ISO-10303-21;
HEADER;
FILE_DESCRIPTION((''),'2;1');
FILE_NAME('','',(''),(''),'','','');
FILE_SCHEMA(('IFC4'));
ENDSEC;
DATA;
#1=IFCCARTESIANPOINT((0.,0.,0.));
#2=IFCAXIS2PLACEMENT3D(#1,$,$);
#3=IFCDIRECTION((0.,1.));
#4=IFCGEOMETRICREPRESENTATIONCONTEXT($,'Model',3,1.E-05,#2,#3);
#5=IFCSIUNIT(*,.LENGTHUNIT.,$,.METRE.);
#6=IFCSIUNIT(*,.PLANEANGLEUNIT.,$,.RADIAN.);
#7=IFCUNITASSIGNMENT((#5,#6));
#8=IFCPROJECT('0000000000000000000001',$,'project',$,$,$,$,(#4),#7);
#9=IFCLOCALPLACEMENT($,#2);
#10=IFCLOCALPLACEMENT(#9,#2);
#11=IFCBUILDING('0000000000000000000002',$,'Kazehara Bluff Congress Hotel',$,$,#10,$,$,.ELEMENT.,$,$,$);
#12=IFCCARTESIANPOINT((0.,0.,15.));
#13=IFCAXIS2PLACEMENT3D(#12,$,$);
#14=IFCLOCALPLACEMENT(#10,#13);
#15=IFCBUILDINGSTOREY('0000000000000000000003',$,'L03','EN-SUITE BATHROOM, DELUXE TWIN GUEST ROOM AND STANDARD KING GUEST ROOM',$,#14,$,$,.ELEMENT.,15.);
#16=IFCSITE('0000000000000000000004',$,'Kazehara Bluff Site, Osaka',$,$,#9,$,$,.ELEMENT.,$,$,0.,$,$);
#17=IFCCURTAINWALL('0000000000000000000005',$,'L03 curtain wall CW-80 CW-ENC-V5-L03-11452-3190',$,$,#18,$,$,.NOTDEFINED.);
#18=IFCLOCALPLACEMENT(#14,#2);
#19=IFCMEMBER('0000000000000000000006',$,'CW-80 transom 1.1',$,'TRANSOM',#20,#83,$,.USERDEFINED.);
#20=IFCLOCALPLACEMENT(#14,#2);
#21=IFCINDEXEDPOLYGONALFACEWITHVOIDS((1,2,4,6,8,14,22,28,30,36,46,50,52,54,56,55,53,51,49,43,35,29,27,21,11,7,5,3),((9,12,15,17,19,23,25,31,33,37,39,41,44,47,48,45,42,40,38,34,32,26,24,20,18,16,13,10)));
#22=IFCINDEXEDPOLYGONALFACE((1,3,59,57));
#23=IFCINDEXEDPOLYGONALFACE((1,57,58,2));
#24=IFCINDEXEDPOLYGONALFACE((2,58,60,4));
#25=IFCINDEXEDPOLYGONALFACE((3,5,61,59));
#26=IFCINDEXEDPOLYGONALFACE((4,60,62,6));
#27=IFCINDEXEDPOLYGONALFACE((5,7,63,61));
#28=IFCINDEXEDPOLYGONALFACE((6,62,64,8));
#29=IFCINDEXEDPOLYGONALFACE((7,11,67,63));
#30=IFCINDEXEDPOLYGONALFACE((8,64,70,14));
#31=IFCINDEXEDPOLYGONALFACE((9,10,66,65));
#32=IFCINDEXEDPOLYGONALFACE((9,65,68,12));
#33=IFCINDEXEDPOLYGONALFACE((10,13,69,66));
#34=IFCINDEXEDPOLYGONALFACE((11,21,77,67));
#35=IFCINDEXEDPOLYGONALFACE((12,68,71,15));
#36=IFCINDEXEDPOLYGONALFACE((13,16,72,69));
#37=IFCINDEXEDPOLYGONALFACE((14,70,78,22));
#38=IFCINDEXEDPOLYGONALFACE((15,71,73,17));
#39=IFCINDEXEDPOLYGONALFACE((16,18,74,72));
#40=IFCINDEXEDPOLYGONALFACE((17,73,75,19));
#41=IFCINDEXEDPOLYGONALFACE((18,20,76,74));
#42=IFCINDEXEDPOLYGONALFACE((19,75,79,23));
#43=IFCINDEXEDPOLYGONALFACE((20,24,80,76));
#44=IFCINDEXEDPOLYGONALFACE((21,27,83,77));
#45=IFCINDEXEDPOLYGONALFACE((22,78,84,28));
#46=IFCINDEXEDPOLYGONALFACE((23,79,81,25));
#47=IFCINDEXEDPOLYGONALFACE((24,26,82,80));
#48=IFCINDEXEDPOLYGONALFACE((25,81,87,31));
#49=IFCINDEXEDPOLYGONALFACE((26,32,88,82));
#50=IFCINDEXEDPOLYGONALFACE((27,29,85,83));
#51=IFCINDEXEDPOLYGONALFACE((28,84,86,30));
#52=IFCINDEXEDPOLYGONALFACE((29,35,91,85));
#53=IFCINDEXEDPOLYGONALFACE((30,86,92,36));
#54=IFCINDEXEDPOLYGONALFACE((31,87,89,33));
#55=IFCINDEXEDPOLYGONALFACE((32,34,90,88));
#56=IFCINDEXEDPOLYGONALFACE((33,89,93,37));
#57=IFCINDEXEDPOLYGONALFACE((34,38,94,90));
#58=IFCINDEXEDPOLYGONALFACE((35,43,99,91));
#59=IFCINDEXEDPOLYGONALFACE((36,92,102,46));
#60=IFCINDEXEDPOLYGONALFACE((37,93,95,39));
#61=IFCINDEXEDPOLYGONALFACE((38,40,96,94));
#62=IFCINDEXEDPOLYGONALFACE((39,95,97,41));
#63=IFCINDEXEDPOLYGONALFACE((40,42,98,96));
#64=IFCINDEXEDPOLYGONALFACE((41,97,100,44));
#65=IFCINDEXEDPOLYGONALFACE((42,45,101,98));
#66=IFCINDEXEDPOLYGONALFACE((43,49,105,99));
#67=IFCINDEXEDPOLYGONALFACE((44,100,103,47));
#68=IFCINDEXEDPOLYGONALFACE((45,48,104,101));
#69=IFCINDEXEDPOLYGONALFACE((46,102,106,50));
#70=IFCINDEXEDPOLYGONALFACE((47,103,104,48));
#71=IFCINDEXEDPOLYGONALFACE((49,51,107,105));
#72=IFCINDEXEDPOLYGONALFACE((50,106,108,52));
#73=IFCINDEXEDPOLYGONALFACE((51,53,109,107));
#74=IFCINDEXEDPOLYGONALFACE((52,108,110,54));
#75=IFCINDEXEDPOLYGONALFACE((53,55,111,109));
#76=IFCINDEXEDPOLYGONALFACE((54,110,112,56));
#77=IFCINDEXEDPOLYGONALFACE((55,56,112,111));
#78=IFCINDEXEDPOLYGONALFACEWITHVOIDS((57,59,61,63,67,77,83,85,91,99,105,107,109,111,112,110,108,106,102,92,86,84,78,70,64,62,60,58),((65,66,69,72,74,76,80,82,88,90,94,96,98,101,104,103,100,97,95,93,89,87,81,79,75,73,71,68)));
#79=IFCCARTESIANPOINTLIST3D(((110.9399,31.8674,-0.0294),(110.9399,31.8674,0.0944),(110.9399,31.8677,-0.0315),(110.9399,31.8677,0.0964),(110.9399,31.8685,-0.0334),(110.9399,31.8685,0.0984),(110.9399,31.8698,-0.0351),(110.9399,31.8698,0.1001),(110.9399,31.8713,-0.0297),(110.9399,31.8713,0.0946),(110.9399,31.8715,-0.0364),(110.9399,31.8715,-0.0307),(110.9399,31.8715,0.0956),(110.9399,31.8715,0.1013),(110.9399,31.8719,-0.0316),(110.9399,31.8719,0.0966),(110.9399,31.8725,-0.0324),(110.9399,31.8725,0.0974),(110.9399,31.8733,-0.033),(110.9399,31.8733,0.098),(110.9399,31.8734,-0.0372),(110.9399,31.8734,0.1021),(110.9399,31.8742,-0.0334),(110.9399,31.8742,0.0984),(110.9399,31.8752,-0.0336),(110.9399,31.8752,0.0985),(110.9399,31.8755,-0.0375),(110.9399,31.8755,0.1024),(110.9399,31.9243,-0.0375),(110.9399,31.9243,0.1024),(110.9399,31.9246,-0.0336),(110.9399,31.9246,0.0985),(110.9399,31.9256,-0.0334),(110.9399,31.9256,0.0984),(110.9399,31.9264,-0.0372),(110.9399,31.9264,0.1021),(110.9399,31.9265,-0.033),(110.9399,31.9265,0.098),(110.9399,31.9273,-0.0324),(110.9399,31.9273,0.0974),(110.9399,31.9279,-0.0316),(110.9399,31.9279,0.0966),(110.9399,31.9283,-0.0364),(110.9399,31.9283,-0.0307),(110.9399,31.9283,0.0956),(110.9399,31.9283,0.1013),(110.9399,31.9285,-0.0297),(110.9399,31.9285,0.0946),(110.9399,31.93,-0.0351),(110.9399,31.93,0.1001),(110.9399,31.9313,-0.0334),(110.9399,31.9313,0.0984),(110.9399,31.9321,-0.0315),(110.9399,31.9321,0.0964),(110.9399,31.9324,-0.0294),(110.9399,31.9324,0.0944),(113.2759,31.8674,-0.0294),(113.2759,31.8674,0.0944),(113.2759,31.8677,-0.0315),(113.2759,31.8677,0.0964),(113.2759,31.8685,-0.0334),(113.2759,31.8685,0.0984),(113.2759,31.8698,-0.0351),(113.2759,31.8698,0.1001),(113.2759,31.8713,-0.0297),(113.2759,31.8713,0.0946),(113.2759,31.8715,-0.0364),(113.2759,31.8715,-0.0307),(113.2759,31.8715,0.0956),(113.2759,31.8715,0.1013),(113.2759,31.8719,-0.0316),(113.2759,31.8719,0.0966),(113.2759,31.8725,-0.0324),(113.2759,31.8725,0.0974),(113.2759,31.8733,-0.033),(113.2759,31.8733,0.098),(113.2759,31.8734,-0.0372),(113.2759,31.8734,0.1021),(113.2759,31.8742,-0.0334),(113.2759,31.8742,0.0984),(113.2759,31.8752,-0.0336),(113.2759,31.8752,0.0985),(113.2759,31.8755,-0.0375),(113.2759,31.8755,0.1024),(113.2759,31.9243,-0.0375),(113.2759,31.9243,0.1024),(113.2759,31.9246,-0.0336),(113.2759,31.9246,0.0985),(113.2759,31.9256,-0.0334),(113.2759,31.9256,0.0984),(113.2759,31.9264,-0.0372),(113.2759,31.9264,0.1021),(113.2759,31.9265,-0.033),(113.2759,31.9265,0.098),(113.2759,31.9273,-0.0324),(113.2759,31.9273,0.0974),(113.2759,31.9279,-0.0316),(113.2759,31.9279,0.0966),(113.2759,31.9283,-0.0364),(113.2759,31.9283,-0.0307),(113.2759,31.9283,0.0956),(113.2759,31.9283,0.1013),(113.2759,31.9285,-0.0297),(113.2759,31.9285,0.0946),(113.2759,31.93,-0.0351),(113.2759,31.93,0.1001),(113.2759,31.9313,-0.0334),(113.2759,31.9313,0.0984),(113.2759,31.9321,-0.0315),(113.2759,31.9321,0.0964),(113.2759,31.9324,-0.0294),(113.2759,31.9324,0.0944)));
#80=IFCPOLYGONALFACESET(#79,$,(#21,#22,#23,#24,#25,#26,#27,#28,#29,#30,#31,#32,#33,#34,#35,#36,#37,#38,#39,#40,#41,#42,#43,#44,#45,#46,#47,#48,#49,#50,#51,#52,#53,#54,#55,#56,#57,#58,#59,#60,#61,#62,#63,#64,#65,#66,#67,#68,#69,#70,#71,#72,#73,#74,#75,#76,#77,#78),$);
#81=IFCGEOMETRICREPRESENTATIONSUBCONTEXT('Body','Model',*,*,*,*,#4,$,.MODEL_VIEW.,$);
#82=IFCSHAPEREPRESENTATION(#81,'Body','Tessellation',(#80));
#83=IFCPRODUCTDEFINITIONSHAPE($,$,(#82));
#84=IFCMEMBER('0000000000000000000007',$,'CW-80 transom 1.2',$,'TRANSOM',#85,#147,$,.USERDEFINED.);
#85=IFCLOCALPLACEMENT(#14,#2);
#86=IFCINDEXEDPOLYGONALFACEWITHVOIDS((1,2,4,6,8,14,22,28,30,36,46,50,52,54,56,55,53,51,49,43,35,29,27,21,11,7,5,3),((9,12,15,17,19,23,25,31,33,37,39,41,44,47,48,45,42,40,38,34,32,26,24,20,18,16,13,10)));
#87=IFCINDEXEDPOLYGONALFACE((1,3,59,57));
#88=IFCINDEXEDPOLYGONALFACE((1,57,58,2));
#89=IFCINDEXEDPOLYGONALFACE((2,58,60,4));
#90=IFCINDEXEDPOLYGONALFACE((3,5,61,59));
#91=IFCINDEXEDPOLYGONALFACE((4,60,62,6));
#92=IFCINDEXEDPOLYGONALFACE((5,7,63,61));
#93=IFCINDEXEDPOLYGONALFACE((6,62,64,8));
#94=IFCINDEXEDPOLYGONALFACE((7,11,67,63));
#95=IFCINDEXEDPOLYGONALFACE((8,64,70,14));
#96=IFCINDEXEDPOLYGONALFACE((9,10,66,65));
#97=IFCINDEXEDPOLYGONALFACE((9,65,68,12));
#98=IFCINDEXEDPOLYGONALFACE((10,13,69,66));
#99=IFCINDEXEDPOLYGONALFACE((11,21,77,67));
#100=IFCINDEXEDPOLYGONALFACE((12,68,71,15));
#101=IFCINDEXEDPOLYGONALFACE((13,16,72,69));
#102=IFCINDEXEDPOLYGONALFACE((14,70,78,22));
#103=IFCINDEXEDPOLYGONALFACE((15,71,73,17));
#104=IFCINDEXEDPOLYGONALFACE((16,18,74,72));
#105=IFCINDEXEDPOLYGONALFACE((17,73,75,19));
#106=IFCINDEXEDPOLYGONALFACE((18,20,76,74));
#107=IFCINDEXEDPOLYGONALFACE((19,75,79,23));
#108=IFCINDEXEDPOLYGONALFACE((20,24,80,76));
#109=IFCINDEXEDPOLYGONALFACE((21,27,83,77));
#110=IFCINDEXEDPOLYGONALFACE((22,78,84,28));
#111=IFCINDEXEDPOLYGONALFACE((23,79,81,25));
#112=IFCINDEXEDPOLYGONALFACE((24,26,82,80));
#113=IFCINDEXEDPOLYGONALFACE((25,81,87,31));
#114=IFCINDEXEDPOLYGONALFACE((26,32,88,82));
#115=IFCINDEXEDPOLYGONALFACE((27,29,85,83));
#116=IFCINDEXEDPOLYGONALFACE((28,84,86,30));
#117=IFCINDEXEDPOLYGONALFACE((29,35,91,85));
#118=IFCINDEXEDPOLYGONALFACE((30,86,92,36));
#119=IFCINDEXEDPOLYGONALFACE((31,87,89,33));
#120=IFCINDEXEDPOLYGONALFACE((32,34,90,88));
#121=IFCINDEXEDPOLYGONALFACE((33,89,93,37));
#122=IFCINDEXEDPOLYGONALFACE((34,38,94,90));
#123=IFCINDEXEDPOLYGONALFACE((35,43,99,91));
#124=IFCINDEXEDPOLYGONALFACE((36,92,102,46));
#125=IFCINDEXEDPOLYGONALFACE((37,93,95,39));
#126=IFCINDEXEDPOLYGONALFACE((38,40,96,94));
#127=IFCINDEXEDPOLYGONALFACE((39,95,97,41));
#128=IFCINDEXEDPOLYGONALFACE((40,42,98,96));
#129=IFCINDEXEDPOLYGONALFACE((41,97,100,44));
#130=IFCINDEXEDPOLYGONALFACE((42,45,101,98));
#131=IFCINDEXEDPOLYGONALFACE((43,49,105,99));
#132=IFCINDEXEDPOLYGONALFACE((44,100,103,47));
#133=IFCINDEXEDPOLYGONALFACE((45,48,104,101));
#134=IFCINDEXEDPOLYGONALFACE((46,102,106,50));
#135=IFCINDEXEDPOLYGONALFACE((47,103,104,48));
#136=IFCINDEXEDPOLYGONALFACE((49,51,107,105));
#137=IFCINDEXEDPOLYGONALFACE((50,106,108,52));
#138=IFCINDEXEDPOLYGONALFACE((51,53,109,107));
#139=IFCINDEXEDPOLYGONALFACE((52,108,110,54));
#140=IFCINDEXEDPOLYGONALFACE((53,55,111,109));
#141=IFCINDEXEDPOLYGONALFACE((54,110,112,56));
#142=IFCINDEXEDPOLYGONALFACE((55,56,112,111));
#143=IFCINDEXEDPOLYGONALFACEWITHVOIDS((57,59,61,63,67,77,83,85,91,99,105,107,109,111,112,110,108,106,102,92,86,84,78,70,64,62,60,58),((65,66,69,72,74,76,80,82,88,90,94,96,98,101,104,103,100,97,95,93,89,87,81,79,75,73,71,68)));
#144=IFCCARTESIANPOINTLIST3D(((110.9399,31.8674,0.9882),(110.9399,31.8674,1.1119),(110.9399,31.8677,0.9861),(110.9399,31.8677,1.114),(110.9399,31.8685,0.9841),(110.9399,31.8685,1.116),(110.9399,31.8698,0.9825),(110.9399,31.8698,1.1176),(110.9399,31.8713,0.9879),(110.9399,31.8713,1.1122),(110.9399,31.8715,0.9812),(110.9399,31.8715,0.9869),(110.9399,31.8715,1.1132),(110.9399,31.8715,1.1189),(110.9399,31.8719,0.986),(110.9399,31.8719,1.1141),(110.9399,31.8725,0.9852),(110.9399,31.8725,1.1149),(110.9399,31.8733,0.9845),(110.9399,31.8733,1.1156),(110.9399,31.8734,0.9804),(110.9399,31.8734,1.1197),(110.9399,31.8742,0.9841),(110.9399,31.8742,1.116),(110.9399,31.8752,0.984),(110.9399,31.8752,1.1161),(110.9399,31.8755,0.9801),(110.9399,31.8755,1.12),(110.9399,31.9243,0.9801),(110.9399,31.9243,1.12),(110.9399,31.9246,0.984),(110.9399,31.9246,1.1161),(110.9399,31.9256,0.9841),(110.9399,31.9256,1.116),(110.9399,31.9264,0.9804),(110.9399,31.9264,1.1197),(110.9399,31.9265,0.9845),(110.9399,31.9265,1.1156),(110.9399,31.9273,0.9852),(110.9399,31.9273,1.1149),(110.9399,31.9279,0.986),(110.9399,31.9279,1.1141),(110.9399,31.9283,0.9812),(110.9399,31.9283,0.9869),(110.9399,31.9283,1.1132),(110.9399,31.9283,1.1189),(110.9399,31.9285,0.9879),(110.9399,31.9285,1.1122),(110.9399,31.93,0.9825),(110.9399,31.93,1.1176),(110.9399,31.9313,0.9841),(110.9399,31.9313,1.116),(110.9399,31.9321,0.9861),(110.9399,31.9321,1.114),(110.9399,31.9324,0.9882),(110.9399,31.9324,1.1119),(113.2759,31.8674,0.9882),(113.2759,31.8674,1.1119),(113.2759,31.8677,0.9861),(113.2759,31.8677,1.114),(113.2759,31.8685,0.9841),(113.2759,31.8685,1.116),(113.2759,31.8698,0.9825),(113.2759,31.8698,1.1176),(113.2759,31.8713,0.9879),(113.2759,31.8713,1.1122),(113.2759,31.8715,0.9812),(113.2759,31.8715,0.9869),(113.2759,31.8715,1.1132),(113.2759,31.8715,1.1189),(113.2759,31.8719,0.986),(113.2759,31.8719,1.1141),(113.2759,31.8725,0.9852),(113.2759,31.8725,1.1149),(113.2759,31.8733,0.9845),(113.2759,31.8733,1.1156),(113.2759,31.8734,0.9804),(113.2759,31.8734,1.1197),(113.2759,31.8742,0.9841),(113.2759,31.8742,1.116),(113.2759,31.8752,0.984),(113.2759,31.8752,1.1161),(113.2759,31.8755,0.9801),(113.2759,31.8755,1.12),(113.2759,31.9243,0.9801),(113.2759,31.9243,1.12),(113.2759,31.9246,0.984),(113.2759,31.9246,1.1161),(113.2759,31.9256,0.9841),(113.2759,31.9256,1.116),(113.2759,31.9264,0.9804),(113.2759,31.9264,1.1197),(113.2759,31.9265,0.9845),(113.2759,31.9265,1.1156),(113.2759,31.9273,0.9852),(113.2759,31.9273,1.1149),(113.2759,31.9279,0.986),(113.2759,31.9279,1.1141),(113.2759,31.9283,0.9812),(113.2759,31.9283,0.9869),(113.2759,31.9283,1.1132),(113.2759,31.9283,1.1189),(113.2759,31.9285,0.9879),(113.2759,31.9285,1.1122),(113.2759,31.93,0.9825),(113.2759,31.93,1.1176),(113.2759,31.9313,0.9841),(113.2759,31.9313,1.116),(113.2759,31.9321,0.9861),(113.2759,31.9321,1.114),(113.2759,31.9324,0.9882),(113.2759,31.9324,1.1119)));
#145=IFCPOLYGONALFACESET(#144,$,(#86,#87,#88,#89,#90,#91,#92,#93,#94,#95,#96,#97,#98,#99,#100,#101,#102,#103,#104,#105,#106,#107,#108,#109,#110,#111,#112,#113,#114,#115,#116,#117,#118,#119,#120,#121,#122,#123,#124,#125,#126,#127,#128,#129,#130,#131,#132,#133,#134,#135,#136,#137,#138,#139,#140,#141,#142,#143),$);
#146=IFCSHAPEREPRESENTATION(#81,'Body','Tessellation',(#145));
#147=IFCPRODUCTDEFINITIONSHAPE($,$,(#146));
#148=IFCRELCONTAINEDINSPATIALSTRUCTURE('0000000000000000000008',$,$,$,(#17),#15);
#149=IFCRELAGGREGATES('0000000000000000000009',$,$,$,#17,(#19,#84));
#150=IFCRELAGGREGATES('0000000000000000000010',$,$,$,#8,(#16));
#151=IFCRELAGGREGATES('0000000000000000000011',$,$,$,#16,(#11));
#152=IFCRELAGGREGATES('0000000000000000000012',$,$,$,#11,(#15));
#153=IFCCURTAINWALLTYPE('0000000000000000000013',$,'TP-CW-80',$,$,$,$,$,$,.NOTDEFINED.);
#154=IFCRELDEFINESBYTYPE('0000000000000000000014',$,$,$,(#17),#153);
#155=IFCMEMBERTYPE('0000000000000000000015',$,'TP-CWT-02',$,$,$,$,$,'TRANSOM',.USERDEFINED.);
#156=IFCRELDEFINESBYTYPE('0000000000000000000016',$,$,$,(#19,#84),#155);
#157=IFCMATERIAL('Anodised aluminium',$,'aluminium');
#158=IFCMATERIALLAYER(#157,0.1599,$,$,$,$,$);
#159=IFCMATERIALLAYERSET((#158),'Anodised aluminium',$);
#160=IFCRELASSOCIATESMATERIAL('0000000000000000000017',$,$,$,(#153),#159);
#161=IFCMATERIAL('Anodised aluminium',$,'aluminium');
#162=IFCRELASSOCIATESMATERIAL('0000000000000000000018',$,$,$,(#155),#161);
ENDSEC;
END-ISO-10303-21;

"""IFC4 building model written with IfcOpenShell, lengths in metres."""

from ifc_helpers import new_model, si_unit, direction, frame, origin, origin_2d, place, context, subcontext, project, spatial, hollow_rectangle, extrude, material, layer, layer_set, material_profile, profile_set, type_object, element, aggregate, save


model = new_model("IFC4")

# Units and contexts
model_context = context("Model", 3, precision=1e-05, world=origin(), true_north=direction((0.0, 1.0)))
body_context = subcontext(model_context, "Body", "Model", "MODEL_VIEW")
ifc_project = project(units=[si_unit("LENGTHUNIT", "METRE"), si_unit("PLANEANGLEUNIT", "RADIAN")], contexts=[model_context])

# Site, building, storey
site_placement = place(None, origin())
site = spatial("IfcSite", under=ifc_project, at=site_placement, Name="Kazehara Bluff Site, Osaka", CompositionType="ELEMENT", RefElevation=0.0)
building_placement = place(site_placement, origin())
building = spatial("IfcBuilding", under=site, at=building_placement, Name="Kazehara Bluff Congress Hotel", CompositionType="ELEMENT")
storey_placement = place(building_placement, frame((0.0, 0.0, 15.0)))
storey = spatial("IfcBuildingStorey", under=building, at=storey_placement, Name="L03", Description="EN-SUITE BATHROOM, DELUXE TWIN GUEST ROOM AND STANDARD KING GUEST ROOM", CompositionType="ELEMENT", Elevation=15.0)

# Curtain wall, members
ifc_material_1 = material(Name="Anodised aluminium", Category="aluminium")
ifc_layer_1 = layer(ifc_material_1, 0.1599)
ifc_layer_set_1 = layer_set([ifc_layer_1], Name="Anodised aluminium")
curtain_wall_type_1 = type_object("IfcCurtainWallType", Name="TP-CW-80", PredefinedType="NOTDEFINED", material=ifc_layer_set_1)
curtain_wall_1_placement = place(storey_placement, origin())
curtain_wall_1 = element("IfcCurtainWall", 1, at=curtain_wall_1_placement, inside=storey, type_object=curtain_wall_type_1, Name="L03 curtain wall CW-80 CW-ENC-V5-L03-11452-3190", PredefinedType="NOTDEFINED")
ifc_material_2 = material(Name="Anodised aluminium", Category="aluminium")
ifc_material_profile_1 = material_profile(ifc_material_2, hollow_rectangle(XDim=0.0649, YDim=0.1399, WallThickness=0.0039, InnerFilletRadius=0.0039, OuterFilletRadius=0.0081, at=origin_2d()))
ifc_profile_set_1 = profile_set([ifc_material_profile_1], Name="Anodised aluminium")
member_type_1 = type_object("IfcMemberType", Name="TP-CWT-02", ElementType="TRANSOM", PredefinedType="USERDEFINED", material=ifc_profile_set_1)
member_1_placement = place(storey_placement, frame((110.9399, 31.8999, 0.0325), z_axis=(1.0, 0.0, 0.0), x_axis=(0.0, 1.0, 0.0)))
member_1 = element("IfcMember", 2, at=member_1_placement, type_object=member_type_1, Name="CW-80 transom 1.1", ObjectType="TRANSOM", PredefinedType="USERDEFINED", context=body_context, shape_type="SweptSolid", body=[
    extrude(hollow_rectangle(XDim=0.0649, YDim=0.1399, WallThickness=0.0039, InnerFilletRadius=0.0039, OuterFilletRadius=0.0081, at=origin_2d()), origin(), (0.0, 0.0, 1.0), 2.3359),
])
member_2_placement = place(storey_placement, frame((110.9399, 31.8999, 1.05), z_axis=(1.0, 0.0, 0.0), x_axis=(0.0, 1.0, 0.0)))
member_2 = element("IfcMember", 3, at=member_2_placement, type_object=member_type_1, Name="CW-80 transom 1.2", ObjectType="TRANSOM", PredefinedType="USERDEFINED", context=body_context, shape_type="SweptSolid", body=[
    extrude(hollow_rectangle(XDim=0.0649, YDim=0.1399, WallThickness=0.0039, InnerFilletRadius=0.0039, OuterFilletRadius=0.0081, at=origin_2d()), origin(), (0.0, 0.0, 1.0), 2.3359),
])

aggregate(curtain_wall_1, [member_1, member_2])

save(model, "model.ifc")
